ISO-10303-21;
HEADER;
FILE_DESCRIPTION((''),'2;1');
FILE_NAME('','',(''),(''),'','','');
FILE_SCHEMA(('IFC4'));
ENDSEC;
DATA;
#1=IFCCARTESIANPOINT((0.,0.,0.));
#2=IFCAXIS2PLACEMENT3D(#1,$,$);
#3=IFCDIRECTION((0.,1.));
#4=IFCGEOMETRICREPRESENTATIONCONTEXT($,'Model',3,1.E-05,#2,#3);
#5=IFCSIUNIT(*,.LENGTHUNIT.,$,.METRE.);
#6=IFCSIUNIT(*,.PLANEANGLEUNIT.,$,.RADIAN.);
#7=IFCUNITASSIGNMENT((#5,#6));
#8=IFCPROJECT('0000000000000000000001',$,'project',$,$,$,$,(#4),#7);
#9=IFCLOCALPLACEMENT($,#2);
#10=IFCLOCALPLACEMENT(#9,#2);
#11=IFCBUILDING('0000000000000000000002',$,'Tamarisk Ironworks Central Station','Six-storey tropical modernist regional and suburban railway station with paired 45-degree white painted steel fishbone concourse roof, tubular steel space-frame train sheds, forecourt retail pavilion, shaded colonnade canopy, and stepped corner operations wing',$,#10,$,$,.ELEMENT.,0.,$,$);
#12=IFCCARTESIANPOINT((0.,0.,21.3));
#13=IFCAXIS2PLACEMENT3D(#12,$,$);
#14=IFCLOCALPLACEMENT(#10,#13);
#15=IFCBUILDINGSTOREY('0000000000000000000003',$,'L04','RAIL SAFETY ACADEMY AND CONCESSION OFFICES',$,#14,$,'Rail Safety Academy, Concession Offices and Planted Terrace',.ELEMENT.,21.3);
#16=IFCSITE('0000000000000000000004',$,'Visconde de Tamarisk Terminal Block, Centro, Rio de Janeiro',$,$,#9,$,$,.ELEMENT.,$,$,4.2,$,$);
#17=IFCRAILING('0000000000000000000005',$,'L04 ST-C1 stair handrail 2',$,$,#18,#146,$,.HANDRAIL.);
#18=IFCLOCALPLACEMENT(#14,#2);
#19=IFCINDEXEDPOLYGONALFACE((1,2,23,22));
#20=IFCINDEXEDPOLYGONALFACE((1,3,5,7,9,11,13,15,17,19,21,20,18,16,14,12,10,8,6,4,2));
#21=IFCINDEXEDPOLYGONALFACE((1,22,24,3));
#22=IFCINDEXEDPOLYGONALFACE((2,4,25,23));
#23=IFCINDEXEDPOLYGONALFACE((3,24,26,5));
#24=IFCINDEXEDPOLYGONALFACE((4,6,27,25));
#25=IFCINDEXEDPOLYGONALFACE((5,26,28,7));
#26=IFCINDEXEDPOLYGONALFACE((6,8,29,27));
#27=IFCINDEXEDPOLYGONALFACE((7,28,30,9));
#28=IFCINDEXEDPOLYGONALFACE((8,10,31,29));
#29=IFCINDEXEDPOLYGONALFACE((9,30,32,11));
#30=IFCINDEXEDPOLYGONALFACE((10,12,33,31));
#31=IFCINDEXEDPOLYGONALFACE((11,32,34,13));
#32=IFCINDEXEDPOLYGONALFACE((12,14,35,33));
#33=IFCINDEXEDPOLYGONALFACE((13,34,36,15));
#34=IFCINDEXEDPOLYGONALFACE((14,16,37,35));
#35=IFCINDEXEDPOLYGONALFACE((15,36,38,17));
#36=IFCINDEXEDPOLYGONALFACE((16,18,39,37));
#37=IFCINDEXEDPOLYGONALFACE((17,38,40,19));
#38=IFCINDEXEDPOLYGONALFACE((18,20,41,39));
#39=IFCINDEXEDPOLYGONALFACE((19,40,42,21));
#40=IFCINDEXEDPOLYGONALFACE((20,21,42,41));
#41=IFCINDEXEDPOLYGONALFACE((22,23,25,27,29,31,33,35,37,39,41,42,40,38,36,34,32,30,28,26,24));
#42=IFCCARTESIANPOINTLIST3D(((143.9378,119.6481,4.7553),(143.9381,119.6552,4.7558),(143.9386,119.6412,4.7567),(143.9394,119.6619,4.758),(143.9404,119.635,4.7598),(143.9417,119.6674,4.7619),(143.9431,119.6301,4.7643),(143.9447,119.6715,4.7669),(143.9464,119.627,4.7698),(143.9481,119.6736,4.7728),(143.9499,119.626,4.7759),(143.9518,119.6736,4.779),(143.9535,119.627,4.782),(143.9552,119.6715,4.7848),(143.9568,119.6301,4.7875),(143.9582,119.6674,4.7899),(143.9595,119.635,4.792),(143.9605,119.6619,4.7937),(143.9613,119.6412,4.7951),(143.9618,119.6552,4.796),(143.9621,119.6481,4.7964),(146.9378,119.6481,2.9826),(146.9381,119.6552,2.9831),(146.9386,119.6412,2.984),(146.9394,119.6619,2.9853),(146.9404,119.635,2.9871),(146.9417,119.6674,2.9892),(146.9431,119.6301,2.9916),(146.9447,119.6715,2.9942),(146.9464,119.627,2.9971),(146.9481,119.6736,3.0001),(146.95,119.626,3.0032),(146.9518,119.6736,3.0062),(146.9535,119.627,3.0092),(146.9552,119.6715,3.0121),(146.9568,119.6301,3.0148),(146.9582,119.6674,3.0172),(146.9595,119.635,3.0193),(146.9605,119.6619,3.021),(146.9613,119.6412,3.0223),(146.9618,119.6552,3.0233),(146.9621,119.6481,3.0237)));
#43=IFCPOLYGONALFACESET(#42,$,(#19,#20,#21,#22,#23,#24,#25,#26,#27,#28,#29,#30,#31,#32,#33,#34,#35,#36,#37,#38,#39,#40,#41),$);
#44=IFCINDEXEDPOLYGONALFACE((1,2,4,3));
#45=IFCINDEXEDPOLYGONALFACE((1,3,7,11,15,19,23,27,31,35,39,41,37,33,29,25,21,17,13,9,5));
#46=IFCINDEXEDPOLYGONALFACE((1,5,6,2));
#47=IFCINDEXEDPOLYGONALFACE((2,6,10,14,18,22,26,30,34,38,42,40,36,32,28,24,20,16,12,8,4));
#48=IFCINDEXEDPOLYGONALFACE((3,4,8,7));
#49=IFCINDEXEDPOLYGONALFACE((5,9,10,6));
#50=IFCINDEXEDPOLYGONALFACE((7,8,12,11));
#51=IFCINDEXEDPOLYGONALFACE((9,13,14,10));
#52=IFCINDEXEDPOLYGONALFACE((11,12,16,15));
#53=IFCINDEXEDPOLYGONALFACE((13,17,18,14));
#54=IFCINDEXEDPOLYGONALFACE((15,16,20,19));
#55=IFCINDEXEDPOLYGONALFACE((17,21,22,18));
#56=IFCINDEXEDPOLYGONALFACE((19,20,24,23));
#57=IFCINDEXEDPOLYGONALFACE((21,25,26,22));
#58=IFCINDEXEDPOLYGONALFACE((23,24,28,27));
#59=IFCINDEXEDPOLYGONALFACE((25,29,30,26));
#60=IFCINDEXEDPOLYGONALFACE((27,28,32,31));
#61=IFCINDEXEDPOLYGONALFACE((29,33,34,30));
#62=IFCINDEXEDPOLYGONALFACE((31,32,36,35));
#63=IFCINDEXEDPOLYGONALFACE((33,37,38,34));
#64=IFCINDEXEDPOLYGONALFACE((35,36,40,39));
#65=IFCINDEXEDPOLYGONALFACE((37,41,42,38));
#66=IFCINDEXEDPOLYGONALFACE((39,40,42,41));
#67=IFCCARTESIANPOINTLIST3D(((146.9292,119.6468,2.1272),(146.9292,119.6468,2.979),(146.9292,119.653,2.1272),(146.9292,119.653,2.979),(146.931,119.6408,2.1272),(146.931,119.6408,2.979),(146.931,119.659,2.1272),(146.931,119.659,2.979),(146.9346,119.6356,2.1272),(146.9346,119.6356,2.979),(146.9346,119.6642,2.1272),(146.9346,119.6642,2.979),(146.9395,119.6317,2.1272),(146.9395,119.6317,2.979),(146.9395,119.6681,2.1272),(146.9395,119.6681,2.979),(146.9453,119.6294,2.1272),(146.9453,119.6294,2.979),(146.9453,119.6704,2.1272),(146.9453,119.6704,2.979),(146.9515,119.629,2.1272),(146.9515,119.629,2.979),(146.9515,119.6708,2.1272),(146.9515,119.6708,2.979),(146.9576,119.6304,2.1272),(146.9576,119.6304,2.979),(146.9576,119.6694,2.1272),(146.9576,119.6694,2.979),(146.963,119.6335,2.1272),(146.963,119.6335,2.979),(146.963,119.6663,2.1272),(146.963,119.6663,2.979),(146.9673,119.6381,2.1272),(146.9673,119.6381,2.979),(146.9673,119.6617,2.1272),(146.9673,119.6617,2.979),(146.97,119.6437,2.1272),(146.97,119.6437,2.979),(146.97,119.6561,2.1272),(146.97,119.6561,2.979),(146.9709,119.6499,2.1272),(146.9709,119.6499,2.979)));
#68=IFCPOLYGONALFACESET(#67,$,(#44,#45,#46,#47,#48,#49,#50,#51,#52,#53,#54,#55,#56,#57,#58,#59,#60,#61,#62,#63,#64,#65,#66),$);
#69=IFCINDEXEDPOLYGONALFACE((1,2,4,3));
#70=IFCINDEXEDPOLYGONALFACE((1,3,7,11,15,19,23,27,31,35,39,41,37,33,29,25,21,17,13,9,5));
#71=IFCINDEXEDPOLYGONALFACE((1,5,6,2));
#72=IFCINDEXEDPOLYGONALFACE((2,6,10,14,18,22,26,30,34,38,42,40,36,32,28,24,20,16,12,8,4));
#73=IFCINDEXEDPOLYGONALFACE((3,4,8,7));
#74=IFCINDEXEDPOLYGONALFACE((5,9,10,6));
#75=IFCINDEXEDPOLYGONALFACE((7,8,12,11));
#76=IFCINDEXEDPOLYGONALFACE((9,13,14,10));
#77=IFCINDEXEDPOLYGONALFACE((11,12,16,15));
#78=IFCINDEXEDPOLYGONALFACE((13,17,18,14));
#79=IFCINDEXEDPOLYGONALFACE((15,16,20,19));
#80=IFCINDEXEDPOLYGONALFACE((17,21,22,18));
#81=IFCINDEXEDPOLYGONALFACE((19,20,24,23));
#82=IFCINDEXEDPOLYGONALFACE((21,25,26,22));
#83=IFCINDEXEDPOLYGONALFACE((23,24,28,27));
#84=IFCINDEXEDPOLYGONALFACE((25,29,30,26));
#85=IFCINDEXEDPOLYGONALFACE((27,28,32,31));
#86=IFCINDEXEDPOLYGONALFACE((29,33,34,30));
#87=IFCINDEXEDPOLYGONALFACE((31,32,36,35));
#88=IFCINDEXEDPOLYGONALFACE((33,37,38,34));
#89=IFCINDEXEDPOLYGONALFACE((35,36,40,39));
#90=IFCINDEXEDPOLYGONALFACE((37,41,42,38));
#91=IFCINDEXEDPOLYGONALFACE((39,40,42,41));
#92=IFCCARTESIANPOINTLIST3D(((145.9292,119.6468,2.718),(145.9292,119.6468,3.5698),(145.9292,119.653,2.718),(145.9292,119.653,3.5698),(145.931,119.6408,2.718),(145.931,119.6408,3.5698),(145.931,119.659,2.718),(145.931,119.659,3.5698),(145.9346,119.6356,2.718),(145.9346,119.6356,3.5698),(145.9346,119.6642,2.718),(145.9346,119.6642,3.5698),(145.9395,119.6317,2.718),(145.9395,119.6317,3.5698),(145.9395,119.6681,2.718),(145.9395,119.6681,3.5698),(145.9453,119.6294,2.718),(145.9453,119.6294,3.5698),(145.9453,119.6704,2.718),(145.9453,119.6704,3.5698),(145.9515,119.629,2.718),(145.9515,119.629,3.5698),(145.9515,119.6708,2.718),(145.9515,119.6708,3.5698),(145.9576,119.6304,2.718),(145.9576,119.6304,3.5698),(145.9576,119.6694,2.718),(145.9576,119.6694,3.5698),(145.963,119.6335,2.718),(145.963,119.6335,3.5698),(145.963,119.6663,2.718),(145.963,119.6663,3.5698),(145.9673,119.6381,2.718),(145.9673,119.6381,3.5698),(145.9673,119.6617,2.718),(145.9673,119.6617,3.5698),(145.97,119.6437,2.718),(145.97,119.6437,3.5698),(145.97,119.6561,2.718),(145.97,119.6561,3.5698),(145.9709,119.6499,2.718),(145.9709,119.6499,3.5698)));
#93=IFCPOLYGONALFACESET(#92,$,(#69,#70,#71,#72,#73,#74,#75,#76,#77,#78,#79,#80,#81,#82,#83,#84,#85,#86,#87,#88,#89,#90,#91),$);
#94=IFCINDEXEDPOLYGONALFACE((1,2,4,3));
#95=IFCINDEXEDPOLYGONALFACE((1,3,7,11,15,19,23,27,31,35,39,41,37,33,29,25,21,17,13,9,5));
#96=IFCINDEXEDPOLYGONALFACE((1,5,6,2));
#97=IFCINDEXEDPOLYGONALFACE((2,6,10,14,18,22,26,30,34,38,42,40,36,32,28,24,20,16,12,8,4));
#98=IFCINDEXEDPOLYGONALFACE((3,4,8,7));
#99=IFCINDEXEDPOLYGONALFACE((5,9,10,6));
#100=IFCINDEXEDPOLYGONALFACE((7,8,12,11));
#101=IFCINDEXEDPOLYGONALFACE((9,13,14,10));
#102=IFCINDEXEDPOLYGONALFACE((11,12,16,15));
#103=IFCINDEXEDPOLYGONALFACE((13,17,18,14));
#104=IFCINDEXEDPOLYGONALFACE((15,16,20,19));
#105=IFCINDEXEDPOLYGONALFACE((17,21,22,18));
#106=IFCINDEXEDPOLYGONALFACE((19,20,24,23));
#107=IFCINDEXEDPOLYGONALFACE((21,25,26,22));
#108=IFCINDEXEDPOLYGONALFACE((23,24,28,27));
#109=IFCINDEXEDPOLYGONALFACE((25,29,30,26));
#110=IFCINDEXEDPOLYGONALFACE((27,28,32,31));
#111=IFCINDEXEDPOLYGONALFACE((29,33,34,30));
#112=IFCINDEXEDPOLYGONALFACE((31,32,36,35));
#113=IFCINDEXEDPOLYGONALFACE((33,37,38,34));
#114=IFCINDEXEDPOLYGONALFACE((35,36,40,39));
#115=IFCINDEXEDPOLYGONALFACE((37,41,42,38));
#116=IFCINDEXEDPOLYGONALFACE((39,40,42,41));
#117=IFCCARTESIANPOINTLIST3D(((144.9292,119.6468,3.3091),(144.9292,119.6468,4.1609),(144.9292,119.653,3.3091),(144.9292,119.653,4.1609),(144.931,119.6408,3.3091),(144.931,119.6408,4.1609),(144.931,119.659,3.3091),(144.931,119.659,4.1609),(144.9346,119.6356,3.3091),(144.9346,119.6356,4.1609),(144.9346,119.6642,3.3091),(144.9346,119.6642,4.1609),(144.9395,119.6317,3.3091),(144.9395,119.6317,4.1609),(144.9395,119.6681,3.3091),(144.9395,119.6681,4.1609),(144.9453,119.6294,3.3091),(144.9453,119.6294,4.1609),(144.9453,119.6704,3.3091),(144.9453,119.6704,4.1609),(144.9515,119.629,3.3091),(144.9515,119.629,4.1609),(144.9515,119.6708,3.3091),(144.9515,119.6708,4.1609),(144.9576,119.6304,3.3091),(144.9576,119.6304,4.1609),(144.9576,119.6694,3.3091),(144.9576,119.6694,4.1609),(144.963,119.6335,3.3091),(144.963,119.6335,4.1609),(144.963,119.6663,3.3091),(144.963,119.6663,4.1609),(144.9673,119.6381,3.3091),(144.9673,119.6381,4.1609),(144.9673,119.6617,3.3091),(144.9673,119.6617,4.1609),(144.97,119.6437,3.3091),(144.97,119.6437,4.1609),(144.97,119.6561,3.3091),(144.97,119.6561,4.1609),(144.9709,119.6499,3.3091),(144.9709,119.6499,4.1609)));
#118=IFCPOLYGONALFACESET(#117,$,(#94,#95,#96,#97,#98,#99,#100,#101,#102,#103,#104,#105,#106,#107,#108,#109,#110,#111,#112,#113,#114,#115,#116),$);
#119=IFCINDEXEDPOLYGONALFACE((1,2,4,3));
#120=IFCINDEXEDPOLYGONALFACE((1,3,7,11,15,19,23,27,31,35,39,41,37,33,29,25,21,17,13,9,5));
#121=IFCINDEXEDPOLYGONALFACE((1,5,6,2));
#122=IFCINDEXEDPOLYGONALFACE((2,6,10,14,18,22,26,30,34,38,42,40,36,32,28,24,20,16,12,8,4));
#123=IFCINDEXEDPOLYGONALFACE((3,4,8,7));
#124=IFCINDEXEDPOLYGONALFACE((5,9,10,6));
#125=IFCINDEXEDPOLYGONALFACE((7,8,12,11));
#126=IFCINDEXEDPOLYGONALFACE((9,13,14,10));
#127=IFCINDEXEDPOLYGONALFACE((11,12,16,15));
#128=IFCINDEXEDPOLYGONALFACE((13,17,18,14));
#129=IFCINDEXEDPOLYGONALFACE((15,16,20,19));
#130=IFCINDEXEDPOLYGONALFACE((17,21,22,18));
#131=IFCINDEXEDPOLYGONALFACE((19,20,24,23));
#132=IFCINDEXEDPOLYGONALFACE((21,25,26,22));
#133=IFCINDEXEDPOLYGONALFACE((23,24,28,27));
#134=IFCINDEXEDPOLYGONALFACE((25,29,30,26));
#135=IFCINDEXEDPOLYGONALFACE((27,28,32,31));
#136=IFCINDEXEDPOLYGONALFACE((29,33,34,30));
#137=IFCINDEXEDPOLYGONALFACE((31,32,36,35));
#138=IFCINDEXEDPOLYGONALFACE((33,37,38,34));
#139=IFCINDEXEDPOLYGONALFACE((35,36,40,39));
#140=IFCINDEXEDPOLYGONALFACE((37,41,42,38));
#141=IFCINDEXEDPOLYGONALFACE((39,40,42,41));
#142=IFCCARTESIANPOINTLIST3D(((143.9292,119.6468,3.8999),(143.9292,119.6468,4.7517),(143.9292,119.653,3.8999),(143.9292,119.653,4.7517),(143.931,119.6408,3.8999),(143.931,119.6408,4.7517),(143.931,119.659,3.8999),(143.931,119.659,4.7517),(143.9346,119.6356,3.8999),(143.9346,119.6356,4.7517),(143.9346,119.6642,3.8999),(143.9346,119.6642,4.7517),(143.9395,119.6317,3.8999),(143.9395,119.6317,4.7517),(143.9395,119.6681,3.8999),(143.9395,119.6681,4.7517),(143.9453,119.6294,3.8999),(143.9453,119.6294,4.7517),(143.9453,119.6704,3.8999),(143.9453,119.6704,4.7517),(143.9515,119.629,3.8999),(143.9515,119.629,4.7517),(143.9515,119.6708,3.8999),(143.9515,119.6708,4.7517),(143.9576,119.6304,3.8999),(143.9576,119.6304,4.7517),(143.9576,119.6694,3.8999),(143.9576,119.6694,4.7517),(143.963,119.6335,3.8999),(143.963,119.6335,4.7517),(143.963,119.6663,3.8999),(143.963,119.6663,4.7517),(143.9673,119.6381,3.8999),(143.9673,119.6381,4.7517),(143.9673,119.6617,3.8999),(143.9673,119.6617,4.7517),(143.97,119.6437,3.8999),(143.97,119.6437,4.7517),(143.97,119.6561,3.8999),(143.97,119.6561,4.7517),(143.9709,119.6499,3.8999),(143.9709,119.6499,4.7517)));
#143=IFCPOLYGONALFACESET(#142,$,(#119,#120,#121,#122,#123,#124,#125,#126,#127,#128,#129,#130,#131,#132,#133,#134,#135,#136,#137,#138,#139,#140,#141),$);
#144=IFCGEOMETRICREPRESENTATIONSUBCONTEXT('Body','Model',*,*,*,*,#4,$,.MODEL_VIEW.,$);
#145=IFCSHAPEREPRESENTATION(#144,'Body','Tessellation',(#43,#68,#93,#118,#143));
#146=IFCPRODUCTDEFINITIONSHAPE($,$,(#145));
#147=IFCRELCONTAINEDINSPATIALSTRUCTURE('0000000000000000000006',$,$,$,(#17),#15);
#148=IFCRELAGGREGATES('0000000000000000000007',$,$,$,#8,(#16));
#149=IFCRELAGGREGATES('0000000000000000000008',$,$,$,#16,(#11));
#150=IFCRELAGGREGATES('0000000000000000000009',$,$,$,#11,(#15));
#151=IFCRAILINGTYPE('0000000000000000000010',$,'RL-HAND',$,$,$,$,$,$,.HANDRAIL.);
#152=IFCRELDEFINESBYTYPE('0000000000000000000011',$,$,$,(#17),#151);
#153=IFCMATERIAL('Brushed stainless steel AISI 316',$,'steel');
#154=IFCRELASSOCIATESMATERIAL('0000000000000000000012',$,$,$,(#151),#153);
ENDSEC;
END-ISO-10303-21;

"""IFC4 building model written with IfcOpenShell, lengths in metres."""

from ifc_helpers import new_model, si_unit, direction, frame, origin, origin_2d, place, context, subcontext, project, spatial, circle, extrude, material, type_object, element, save


model = new_model("IFC4")

# Units and contexts
model_context = context("Model", 3, precision=1e-05, world=origin(), true_north=direction((0.0, 1.0)))
body_context = subcontext(model_context, "Body", "Model", "MODEL_VIEW")
ifc_project = project(units=[si_unit("LENGTHUNIT", "METRE"), si_unit("PLANEANGLEUNIT", "RADIAN")], contexts=[model_context])

# Site, building, storey
site_placement = place(None, origin())
site = spatial("IfcSite", under=ifc_project, at=site_placement, Name="Visconde de Tamarisk Terminal Block, Centro, Rio de Janeiro", CompositionType="ELEMENT", RefElevation=4.2)
building_placement = place(site_placement, origin())
building = spatial("IfcBuilding", under=site, at=building_placement, Name="Tamarisk Ironworks Central Station", Description="Six-storey tropical modernist regional and suburban railway station with paired 45-degree white painted steel fishbone concourse roof, tubular steel space-frame train sheds, forecourt retail pavilion, shaded colonnade canopy, and stepped corner operations wing", CompositionType="ELEMENT", ElevationOfRefHeight=0.0)
storey_placement = place(building_placement, frame((0.0, 0.0, 21.3)))
storey = spatial("IfcBuildingStorey", under=building, at=storey_placement, Name="L04", Description="RAIL SAFETY ACADEMY AND CONCESSION OFFICES", LongName="Rail Safety Academy, Concession Offices and Planted Terrace", CompositionType="ELEMENT", Elevation=21.3)

# Shared definitions
ifc_material_1 = material(Name="Brushed stainless steel AISI 316", Category="steel")

# Railing
railing_type_1 = type_object("IfcRailingType", Name="RL-HAND", PredefinedType="HANDRAIL", material=ifc_material_1)
railing_1_placement = place(storey_placement, frame((146.95, 119.6499, 2.1272)))
element("IfcRailing", 1, at=railing_1_placement, inside=storey, type_object=railing_type_1, Name="L04 ST-C1 stair handrail 2", PredefinedType="HANDRAIL", context=body_context, shape_type="SweptSolid", body=[
    extrude(circle(Radius=0.0239, at=origin_2d()), frame((0.0, 0.0, 0.876), z_axis=(-0.860929, 0.0, 0.508725), x_axis=(0.0, -1.0, 0.0)), (0.0, 0.0, 1.0), 3.4846),
    extrude(circle(Radius=0.021, at=origin_2d()), origin(), (0.0, 0.0, 1.0), 0.8518),
    extrude(circle(Radius=0.021, at=origin_2d()), frame((-1.0, 0.0, 0.5908)), (0.0, 0.0, 1.0), 0.8518),
    extrude(circle(Radius=0.021, at=origin_2d()), frame((-2.0, 0.0, 1.1819)), (0.0, 0.0, 1.0), 0.8518),
    extrude(circle(Radius=0.021, at=origin_2d()), frame((-3.0, 0.0, 1.7727)), (0.0, 0.0, 1.0), 0.8518),
])

save(model, "model.ifc")
